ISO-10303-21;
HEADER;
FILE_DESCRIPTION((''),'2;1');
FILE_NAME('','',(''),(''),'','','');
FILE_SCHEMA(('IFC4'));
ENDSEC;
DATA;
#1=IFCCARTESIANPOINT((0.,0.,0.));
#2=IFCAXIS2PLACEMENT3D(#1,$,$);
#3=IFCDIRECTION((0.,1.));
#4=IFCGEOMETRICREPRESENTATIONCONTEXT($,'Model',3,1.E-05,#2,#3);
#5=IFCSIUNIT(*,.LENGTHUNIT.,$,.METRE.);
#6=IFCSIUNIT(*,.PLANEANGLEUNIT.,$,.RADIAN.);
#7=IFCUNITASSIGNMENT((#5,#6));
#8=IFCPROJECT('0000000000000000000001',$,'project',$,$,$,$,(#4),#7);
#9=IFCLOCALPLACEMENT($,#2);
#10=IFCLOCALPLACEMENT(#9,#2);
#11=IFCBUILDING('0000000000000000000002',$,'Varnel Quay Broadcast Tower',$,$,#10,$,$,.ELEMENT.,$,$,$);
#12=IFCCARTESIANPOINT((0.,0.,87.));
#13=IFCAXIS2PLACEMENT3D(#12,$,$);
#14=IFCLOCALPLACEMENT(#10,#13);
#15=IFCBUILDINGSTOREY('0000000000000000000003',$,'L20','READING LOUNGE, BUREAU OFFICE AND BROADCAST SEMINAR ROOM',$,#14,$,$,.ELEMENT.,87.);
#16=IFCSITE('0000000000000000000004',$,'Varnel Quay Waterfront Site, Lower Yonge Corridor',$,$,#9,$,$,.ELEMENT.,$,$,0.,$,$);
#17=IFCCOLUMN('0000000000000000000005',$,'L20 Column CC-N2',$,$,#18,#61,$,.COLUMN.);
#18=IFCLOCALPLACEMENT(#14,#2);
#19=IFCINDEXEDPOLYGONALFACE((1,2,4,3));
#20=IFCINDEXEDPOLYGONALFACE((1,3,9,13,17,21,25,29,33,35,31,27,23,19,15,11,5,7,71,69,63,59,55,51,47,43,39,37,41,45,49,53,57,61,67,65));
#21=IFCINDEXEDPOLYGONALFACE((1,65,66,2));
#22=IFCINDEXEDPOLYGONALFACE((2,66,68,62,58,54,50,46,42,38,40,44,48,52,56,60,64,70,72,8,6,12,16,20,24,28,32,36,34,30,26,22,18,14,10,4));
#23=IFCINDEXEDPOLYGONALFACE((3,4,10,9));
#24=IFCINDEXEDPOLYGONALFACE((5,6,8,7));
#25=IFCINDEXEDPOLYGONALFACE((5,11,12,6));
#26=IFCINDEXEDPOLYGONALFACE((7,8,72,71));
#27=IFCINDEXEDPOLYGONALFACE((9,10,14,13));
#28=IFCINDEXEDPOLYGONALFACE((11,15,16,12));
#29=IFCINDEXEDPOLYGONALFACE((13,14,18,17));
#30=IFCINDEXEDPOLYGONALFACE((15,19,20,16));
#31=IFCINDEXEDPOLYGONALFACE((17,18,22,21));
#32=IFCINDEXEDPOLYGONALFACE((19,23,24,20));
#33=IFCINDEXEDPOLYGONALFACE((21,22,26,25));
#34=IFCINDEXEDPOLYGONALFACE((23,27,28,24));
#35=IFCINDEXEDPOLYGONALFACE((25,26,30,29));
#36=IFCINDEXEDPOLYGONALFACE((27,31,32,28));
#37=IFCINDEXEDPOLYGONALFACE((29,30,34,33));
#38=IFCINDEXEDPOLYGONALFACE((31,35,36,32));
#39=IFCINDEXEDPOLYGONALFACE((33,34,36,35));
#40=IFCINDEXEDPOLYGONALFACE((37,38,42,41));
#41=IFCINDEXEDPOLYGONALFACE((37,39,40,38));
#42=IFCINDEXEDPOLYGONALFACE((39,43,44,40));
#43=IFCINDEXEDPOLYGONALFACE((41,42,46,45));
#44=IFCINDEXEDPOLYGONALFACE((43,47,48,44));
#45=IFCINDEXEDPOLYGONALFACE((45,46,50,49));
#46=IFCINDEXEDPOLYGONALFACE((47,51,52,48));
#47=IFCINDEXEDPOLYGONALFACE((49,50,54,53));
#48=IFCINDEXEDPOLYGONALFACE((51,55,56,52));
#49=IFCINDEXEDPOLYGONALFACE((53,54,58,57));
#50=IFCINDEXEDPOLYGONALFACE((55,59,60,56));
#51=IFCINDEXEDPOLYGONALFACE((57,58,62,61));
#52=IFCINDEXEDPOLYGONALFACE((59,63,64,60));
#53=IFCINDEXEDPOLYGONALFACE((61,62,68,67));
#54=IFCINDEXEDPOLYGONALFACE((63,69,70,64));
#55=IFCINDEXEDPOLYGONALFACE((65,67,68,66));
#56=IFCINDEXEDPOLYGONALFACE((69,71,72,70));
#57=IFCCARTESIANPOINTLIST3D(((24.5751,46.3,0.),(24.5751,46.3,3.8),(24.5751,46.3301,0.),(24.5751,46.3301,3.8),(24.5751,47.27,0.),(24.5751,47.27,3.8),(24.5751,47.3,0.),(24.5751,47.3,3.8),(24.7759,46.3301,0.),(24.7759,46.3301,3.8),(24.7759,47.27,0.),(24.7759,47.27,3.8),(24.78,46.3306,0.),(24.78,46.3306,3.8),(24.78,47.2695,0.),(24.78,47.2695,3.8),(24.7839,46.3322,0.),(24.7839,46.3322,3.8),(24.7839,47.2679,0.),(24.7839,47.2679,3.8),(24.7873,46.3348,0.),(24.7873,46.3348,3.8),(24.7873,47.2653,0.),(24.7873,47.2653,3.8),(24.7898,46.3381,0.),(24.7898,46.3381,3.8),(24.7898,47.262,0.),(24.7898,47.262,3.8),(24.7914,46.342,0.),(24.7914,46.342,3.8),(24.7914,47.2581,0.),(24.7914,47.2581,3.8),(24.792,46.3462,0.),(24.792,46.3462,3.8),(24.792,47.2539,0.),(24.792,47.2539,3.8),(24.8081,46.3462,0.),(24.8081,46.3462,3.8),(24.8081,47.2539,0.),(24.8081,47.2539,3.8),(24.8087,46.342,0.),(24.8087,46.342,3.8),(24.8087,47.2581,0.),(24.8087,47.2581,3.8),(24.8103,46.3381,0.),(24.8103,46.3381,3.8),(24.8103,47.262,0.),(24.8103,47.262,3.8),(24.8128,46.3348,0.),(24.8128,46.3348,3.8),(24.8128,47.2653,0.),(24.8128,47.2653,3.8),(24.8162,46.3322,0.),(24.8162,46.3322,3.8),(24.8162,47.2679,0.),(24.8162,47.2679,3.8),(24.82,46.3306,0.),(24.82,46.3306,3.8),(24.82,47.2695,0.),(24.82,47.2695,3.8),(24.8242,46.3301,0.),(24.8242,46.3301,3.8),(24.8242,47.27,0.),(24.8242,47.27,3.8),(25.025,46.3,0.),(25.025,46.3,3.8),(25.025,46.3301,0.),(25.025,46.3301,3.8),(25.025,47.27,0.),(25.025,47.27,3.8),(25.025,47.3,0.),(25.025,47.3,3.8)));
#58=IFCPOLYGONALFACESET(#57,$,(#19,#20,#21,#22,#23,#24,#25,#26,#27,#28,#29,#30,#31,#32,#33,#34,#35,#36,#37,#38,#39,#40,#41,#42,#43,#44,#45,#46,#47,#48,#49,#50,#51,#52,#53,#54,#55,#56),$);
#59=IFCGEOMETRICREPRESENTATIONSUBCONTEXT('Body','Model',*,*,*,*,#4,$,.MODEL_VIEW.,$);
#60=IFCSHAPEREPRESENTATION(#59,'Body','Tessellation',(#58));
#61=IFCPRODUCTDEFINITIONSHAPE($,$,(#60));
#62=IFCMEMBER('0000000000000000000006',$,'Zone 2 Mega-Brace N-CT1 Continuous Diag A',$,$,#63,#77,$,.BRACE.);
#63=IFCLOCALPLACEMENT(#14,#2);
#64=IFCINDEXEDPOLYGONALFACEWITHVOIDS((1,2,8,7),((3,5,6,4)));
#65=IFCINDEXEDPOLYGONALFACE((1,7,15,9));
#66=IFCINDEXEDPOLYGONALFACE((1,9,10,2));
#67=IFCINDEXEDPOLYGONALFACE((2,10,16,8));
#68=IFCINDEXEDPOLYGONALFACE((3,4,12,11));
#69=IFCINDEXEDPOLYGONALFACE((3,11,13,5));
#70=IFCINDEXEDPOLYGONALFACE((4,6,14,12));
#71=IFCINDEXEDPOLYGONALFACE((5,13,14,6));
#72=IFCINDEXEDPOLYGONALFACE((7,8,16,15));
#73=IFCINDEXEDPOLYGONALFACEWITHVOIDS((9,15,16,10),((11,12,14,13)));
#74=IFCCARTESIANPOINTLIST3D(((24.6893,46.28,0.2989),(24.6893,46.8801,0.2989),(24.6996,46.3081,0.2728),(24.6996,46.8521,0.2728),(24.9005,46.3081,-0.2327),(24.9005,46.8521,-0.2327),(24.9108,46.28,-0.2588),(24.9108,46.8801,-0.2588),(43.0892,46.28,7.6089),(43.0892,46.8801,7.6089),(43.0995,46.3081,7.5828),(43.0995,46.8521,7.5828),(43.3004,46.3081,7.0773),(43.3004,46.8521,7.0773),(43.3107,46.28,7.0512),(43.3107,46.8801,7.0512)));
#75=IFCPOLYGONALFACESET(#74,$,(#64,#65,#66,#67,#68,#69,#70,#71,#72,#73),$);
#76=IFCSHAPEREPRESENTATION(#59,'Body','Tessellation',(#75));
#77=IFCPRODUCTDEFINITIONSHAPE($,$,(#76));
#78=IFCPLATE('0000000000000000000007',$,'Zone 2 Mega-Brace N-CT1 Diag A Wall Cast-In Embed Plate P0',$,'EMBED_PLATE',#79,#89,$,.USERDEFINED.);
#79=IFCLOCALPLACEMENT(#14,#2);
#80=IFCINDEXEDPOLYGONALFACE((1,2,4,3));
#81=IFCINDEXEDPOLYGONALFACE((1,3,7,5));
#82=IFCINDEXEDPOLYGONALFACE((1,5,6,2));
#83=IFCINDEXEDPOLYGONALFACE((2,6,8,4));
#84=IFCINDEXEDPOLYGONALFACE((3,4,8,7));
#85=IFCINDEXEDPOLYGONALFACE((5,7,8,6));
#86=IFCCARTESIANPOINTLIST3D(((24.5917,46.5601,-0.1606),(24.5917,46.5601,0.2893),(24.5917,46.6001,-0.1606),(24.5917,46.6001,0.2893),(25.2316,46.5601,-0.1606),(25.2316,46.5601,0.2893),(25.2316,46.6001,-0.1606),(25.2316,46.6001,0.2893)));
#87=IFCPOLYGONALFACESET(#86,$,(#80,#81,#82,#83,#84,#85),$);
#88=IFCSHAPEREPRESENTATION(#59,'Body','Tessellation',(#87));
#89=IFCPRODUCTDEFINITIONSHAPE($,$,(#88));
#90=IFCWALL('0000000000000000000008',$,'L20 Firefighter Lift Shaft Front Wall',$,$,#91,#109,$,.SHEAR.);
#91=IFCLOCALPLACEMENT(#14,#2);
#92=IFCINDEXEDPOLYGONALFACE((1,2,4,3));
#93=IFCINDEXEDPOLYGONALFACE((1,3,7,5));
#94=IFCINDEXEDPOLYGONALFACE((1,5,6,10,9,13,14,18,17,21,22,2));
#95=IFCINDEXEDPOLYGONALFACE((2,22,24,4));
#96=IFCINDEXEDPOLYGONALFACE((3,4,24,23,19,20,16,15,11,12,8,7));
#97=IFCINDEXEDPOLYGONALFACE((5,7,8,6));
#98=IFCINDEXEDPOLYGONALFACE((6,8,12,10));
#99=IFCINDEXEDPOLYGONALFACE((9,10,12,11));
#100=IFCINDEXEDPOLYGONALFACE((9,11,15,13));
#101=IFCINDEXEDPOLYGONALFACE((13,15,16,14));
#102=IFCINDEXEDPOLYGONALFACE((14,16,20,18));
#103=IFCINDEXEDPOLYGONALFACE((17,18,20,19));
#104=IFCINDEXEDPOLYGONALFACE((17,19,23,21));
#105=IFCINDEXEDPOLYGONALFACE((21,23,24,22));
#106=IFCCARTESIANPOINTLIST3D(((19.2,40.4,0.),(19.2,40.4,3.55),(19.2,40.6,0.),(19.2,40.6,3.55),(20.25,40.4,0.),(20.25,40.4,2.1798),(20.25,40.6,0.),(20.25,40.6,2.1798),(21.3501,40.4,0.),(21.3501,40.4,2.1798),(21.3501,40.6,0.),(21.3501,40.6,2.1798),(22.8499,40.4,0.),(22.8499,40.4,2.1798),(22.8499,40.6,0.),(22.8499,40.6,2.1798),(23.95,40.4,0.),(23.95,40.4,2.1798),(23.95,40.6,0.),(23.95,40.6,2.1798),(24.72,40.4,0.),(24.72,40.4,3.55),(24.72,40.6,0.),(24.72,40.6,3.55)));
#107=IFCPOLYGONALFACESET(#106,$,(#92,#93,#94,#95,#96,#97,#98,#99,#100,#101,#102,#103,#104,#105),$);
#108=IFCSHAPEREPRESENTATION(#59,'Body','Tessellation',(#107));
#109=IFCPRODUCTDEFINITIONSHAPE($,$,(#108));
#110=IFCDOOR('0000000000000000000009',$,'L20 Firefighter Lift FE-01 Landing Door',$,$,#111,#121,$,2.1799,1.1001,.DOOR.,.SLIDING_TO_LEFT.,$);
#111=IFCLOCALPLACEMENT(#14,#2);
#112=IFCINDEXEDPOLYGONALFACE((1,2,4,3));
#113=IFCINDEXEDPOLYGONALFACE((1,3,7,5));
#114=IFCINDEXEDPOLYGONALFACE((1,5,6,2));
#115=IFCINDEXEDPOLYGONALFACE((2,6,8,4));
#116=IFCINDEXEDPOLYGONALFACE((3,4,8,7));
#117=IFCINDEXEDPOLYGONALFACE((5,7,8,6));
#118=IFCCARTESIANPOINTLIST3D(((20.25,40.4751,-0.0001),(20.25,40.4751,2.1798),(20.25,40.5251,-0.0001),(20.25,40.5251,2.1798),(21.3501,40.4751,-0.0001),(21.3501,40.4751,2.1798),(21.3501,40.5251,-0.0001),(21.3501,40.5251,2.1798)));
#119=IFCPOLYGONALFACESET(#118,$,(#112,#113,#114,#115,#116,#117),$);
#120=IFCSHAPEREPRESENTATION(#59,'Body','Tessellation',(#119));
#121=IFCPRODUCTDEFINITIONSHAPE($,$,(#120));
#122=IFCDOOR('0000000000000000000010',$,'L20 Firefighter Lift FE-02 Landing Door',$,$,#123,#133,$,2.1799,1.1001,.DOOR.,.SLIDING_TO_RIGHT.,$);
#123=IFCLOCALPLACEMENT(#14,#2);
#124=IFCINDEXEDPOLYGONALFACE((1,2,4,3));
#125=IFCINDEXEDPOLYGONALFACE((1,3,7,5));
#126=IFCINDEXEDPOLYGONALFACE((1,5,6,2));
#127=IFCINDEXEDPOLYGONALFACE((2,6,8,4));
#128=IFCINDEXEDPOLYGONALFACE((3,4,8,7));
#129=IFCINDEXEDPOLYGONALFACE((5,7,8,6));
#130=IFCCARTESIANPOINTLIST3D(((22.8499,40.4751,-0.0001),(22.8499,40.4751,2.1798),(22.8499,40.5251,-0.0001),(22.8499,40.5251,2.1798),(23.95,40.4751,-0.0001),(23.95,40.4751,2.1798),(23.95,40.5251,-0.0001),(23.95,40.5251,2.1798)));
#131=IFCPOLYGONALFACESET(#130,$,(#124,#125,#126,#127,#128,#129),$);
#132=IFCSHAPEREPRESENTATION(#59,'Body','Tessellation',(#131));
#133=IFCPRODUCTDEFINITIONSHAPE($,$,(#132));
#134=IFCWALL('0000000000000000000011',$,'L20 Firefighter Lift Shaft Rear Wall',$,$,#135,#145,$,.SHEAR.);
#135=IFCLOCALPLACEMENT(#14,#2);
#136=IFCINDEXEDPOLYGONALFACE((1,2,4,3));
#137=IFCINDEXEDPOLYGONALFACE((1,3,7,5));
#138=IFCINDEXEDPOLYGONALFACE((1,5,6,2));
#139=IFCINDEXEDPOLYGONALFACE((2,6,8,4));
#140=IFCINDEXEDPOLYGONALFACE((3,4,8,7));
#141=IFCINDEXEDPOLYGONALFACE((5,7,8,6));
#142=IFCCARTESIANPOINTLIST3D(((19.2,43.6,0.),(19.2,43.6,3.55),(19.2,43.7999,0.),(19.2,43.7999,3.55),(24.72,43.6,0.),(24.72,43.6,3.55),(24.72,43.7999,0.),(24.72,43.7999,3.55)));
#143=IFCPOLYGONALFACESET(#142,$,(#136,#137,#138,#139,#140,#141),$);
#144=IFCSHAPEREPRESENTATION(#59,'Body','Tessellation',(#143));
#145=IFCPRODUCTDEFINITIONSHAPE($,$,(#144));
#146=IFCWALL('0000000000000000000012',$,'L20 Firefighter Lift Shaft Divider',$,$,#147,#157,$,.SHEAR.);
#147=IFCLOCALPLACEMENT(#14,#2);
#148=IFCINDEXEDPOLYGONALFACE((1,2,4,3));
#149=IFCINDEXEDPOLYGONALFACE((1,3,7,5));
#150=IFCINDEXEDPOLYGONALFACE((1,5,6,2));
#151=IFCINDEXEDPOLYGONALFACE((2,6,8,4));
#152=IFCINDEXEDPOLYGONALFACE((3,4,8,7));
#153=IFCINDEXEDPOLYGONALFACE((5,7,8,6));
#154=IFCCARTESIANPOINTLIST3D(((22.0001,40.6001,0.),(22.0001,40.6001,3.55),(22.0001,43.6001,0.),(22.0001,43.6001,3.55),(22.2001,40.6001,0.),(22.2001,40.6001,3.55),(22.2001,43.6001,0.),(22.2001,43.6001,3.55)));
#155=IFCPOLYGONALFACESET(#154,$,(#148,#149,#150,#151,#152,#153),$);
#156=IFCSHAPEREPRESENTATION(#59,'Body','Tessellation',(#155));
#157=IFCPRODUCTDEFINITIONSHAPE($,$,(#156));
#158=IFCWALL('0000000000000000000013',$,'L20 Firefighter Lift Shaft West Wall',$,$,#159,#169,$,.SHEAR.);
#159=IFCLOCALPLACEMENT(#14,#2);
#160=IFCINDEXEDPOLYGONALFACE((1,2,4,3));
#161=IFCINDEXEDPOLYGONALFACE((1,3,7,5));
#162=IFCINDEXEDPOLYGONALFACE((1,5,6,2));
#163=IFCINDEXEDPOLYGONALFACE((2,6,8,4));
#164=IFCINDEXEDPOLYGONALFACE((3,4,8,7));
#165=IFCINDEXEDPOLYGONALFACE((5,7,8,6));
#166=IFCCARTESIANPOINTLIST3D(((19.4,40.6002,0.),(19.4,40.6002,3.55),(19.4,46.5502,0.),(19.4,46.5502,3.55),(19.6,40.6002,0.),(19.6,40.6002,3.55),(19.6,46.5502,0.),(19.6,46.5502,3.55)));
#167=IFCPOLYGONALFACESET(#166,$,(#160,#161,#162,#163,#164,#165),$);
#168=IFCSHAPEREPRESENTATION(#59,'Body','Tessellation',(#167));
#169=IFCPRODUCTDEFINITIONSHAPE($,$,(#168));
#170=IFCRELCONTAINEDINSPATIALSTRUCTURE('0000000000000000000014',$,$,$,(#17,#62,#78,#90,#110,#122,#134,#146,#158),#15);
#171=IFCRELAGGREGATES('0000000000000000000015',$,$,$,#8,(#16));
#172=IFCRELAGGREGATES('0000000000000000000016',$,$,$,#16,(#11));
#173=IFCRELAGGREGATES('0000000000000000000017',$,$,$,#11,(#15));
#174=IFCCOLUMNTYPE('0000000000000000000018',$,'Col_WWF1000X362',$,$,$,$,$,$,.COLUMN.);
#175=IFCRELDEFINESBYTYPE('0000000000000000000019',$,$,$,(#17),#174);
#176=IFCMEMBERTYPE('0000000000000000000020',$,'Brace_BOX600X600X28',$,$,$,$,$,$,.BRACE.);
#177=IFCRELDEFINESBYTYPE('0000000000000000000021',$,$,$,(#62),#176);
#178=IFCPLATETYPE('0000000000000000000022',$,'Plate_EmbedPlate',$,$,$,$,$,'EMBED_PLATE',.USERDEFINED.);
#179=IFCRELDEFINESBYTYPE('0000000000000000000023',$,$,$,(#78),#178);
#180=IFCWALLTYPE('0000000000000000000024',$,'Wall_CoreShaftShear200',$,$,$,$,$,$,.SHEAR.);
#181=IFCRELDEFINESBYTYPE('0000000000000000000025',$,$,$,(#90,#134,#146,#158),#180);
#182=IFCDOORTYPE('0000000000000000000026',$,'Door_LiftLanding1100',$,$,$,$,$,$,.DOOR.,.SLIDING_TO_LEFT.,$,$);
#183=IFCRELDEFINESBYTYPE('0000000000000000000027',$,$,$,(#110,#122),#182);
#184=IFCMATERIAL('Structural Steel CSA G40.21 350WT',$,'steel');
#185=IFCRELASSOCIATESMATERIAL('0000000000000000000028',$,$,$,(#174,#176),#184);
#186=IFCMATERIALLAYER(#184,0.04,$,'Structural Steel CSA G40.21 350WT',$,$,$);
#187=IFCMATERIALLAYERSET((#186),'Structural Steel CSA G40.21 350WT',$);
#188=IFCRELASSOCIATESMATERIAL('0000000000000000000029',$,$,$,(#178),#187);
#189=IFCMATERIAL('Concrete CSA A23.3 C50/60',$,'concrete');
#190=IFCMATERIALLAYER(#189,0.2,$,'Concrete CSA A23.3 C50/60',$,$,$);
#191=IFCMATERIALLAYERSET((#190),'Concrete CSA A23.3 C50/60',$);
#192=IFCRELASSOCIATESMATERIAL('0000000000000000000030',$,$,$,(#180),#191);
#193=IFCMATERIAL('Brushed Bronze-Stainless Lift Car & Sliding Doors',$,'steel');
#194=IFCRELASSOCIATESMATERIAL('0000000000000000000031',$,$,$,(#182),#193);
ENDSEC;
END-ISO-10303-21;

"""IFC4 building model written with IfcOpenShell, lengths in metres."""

from ifc_helpers import new_model, si_unit, direction, frame, frame_2d, origin, origin_2d, place, context, subcontext, project, spatial, rectangle, hollow_rectangle, i_section, extrude, source, transform, mapped, material, layer, layer_set, material_profile, profile_set, type_object, type_shapes, element, fill, save


model = new_model("IFC4")

# Units and contexts
model_context = context("Model", 3, precision=1e-05, world=origin(), true_north=direction((0.0, 1.0)))
body_context = subcontext(model_context, "Body", "Model", "MODEL_VIEW")
ifc_project = project(units=[si_unit("LENGTHUNIT", "METRE"), si_unit("PLANEANGLEUNIT", "RADIAN")], contexts=[model_context])

# Site, building, storey
site_placement = place(None, origin())
site = spatial("IfcSite", under=ifc_project, at=site_placement, Name="Varnel Quay Waterfront Site, Lower Yonge Corridor", CompositionType="ELEMENT", RefElevation=0.0)
building_placement = place(site_placement, origin())
building = spatial("IfcBuilding", under=site, at=building_placement, Name="Varnel Quay Broadcast Tower", CompositionType="ELEMENT")
storey_placement = place(building_placement, frame((0.0, 0.0, 87.0)))
storey = spatial("IfcBuildingStorey", under=building, at=storey_placement, Name="L20", Description="READING LOUNGE, BUREAU OFFICE AND BROADCAST SEMINAR ROOM", CompositionType="ELEMENT", Elevation=87.0)

# Column
ifc_material_1 = material(Name="Structural Steel CSA G40.21 350WT", Category="steel")
ifc_material_profile_1 = material_profile(ifc_material_1, i_section(OverallWidth=0.45, OverallDepth=1.0, WebThickness=0.0161, FlangeThickness=0.03, FilletRadius=0.0161, at=origin_2d()), Name="WWF1000X362")
ifc_profile_set_1 = profile_set([ifc_material_profile_1], Name="Structural Steel CSA G40.21 350WT")
column_type = type_object("IfcColumnType", Name="Col_WWF1000X362", PredefinedType="COLUMN", material=ifc_profile_set_1)
shared_shape_1 = source(origin(), body_context, "Body", "SweptSolid", [
    extrude(i_section(OverallWidth=0.45, OverallDepth=1.0, WebThickness=0.0161, FlangeThickness=0.03, FilletRadius=0.0161, at=origin_2d()), origin(), (0.0, 0.0, 1.0), 3.8),
])
type_shapes(column_type, [shared_shape_1])
column_placement = place(storey_placement, frame((24.8, 46.8, 0.0), z_axis=(0.0, 0.0, 1.0), x_axis=(1.0, 0.0, 0.0)))
element("IfcColumn", 1, at=column_placement, inside=storey, type_object=column_type, Name="L20 Column CC-N2", PredefinedType="COLUMN", context=body_context, shape_type="MappedRepresentation", body=[
    mapped(shared_shape_1, transform((0.0, 0.0, 0.0), x_axis=(1.0, 0.0, 0.0), y_axis=(0.0, 1.0, 0.0), z_axis=(0.0, 0.0, 1.0), scale=1.0)),
])

# Member
ifc_material_profile_2 = material_profile(ifc_material_1, hollow_rectangle(XDim=0.6001, YDim=0.6001, WallThickness=0.0281, at=origin_2d()), Name="BOX600X600X28")
ifc_profile_set_2 = profile_set([ifc_material_profile_2], Name="Structural Steel CSA G40.21 350WT")
member_type = type_object("IfcMemberType", Name="Brace_BOX600X600X28", PredefinedType="BRACE", material=ifc_profile_set_2)
shared_shape_2 = source(origin(), body_context, "Body", "SweptSolid", [
    extrude(hollow_rectangle(XDim=0.6001, YDim=0.6001, WallThickness=0.0281, at=origin_2d()), origin(), (0.0, 0.0, 1.0), 19.7988),
])
type_shapes(member_type, [shared_shape_2])
member_placement = place(storey_placement, frame((24.8, 46.5801, 0.02), z_axis=(0.929343, 0.0, 0.369217), x_axis=(0.0, 1.0, 0.0)))
element("IfcMember", 2, at=member_placement, inside=storey, type_object=member_type, Name="Zone 2 Mega-Brace N-CT1 Continuous Diag A", PredefinedType="BRACE", context=body_context, shape_type="MappedRepresentation", body=[
    mapped(shared_shape_2, transform((0.0, 0.0, 0.0), x_axis=(1.0, 0.0, 0.0), y_axis=(0.0, 1.0, 0.0), z_axis=(0.0, 0.0, 1.0), scale=1.0)),
])

# Plate
ifc_layer_1 = layer(ifc_material_1, 0.04, Name="Structural Steel CSA G40.21 350WT")
ifc_layer_set_1 = layer_set([ifc_layer_1], Name="Structural Steel CSA G40.21 350WT")
plate_type = type_object("IfcPlateType", Name="Plate_EmbedPlate", ElementType="EMBED_PLATE", PredefinedType="USERDEFINED", material=ifc_layer_set_1)
shared_shape_3 = source(origin(), body_context, "Body", "SweptSolid", [
    extrude(rectangle(XDim=0.6399, YDim=0.04, at=origin_2d()), origin(), (0.0, 0.0, 1.0), 0.45),
])
type_shapes(plate_type, [shared_shape_3])
plate_placement = place(storey_placement, frame((24.9116, 46.5801, -0.1606), z_axis=(0.0, 0.0, 1.0), x_axis=(1.0, 0.0, 0.0)))
element("IfcPlate", 3, at=plate_placement, inside=storey, type_object=plate_type, Name="Zone 2 Mega-Brace N-CT1 Diag A Wall Cast-In Embed Plate P0", ObjectType="EMBED_PLATE", PredefinedType="USERDEFINED", context=body_context, shape_type="MappedRepresentation", body=[
    mapped(shared_shape_3, transform((0.0, 0.0, 0.0), x_axis=(1.0, 0.0, 0.0), y_axis=(0.0, 1.0, 0.0), z_axis=(0.0, 0.0, 1.0), scale=1.0)),
])

# Wall, openings, doors
ifc_material_2 = material(Name="Concrete CSA A23.3 C50/60", Category="concrete")
ifc_layer_2 = layer(ifc_material_2, 0.2, Name="Concrete CSA A23.3 C50/60")
ifc_layer_set_2 = layer_set([ifc_layer_2], Name="Concrete CSA A23.3 C50/60")
wall_type_1 = type_object("IfcWallType", Name="Wall_CoreShaftShear200", PredefinedType="SHEAR", material=ifc_layer_set_2)
wall_1_placement = place(storey_placement, frame((19.2, 40.5, 0.0), z_axis=(0.0, 0.0, 1.0), x_axis=(1.0, 0.0, 0.0)))
wall_1 = element("IfcWall", 4, at=wall_1_placement, inside=storey, type_object=wall_type_1, Name="L20 Firefighter Lift Shaft Front Wall", PredefinedType="SHEAR", context=body_context, shape_type="SweptSolid", body=[
    extrude(rectangle(XDim=5.52, YDim=0.2, at=frame_2d((2.76, 0.0))), origin(), (0.0, 0.0, 1.0), 3.55),
])
opening_1_placement = place(wall_1_placement, frame((1.05, 0.0, 0.0)))
opening_1 = element("IfcOpeningElement", 5, at=opening_1_placement, cuts=wall_1, PredefinedType="OPENING", context=body_context, shape_type="SweptSolid", body=[
    extrude(rectangle(XDim=1.1001, YDim=2.1799, at=frame_2d((0.55, 1.0898))), frame((0.0, 0.1099, 0.0), z_axis=(0.0, -1.0, 0.0), x_axis=(1.0, 0.0, 0.0)), (0.0, 0.0, 1.0), 0.22),
])
opening_2_placement = place(wall_1_placement, frame((3.6499, 0.0, 0.0)))
opening_2 = element("IfcOpeningElement", 6, at=opening_2_placement, cuts=wall_1, PredefinedType="OPENING", context=body_context, shape_type="SweptSolid", body=[
    extrude(rectangle(XDim=1.1001, YDim=2.1799, at=frame_2d((0.55, 1.0898))), frame((0.0, 0.1099, 0.0), z_axis=(0.0, -1.0, 0.0), x_axis=(1.0, 0.0, 0.0)), (0.0, 0.0, 1.0), 0.22),
])
ifc_material_3 = material(Name="Brushed Bronze-Stainless Lift Car & Sliding Doors", Category="steel")
door_type_1 = type_object("IfcDoorType", Name="Door_LiftLanding1100", OperationType="SLIDING_TO_LEFT", PredefinedType="DOOR", material=ifc_material_3)
shared_shape_4 = source(origin(), body_context, "Body", "SweptSolid", [
    extrude(rectangle(XDim=1.1001, YDim=2.1799, at=frame_2d((0.55, 1.0898))), frame((0.0, 0.0249, 0.0), z_axis=(0.0, -1.0, 0.0), x_axis=(1.0, 0.0, 0.0)), (0.0, 0.0, 1.0), 0.05),
])
type_shapes(door_type_1, [shared_shape_4])
door_1_placement = place(opening_1_placement, frame((1.1001, 0.0, 0.0), z_axis=(0.0, 0.0, 1.0), x_axis=(-1.0, 0.0, 0.0)))
door_1 = element("IfcDoor", 7, at=door_1_placement, inside=storey, type_object=door_type_1, Name="L20 Firefighter Lift FE-01 Landing Door", OperationType="SLIDING_TO_LEFT", OverallHeight=2.1799, OverallWidth=1.1001, PredefinedType="DOOR", context=body_context, shape_type="MappedRepresentation", body=[
    mapped(shared_shape_4, transform((0.0, 0.0, 0.0), x_axis=(1.0, 0.0, 0.0), y_axis=(0.0, 1.0, 0.0), z_axis=(0.0, 0.0, 1.0), scale=1.0)),
])
fill(opening_1, door_1)
door_2_placement = place(opening_2_placement, frame((1.1001, 0.0, 0.0), z_axis=(0.0, 0.0, 1.0), x_axis=(-1.0, 0.0, 0.0)))
door_2 = element("IfcDoor", 8, at=door_2_placement, inside=storey, type_object=door_type_1, Name="L20 Firefighter Lift FE-02 Landing Door", OperationType="SLIDING_TO_RIGHT", OverallHeight=2.1799, OverallWidth=1.1001, PredefinedType="DOOR", context=body_context, shape_type="MappedRepresentation", body=[
    mapped(shared_shape_4, transform((0.0, 0.0, 0.0), x_axis=(1.0, 0.0, 0.0), y_axis=(0.0, 1.0, 0.0), z_axis=(0.0, 0.0, 1.0), scale=1.0)),
])
fill(opening_2, door_2)

# Walls
wall_2_placement = place(storey_placement, frame((19.2, 43.7, 0.0), z_axis=(0.0, 0.0, 1.0), x_axis=(1.0, 0.0, 0.0)))
element("IfcWall", 9, at=wall_2_placement, inside=storey, type_object=wall_type_1, Name="L20 Firefighter Lift Shaft Rear Wall", PredefinedType="SHEAR", context=body_context, shape_type="SweptSolid", body=[
    extrude(rectangle(XDim=5.52, YDim=0.2, at=frame_2d((2.76, 0.0))), origin(), (0.0, 0.0, 1.0), 3.55),
])
wall_3_placement = place(storey_placement, frame((22.1001, 40.6001, 0.0), z_axis=(0.0, 0.0, 1.0), x_axis=(0.0, 1.0, 0.0)))
element("IfcWall", 10, at=wall_3_placement, inside=storey, type_object=wall_type_1, Name="L20 Firefighter Lift Shaft Divider", PredefinedType="SHEAR", context=body_context, shape_type="SweptSolid", body=[
    extrude(rectangle(XDim=3.0, YDim=0.2, at=frame_2d((1.5, 0.0))), origin(), (0.0, 0.0, 1.0), 3.55),
])
wall_4_placement = place(storey_placement, frame((19.5, 40.6001, 0.0), z_axis=(0.0, 0.0, 1.0), x_axis=(0.0, 1.0, 0.0)))
element("IfcWall", 11, at=wall_4_placement, inside=storey, type_object=wall_type_1, Name="L20 Firefighter Lift Shaft West Wall", PredefinedType="SHEAR", context=body_context, shape_type="SweptSolid", body=[
    extrude(rectangle(XDim=5.95, YDim=0.2, at=frame_2d((2.9751, 0.0))), origin(), (0.0, 0.0, 1.0), 3.55),
])

save(model, "model.ifc")
